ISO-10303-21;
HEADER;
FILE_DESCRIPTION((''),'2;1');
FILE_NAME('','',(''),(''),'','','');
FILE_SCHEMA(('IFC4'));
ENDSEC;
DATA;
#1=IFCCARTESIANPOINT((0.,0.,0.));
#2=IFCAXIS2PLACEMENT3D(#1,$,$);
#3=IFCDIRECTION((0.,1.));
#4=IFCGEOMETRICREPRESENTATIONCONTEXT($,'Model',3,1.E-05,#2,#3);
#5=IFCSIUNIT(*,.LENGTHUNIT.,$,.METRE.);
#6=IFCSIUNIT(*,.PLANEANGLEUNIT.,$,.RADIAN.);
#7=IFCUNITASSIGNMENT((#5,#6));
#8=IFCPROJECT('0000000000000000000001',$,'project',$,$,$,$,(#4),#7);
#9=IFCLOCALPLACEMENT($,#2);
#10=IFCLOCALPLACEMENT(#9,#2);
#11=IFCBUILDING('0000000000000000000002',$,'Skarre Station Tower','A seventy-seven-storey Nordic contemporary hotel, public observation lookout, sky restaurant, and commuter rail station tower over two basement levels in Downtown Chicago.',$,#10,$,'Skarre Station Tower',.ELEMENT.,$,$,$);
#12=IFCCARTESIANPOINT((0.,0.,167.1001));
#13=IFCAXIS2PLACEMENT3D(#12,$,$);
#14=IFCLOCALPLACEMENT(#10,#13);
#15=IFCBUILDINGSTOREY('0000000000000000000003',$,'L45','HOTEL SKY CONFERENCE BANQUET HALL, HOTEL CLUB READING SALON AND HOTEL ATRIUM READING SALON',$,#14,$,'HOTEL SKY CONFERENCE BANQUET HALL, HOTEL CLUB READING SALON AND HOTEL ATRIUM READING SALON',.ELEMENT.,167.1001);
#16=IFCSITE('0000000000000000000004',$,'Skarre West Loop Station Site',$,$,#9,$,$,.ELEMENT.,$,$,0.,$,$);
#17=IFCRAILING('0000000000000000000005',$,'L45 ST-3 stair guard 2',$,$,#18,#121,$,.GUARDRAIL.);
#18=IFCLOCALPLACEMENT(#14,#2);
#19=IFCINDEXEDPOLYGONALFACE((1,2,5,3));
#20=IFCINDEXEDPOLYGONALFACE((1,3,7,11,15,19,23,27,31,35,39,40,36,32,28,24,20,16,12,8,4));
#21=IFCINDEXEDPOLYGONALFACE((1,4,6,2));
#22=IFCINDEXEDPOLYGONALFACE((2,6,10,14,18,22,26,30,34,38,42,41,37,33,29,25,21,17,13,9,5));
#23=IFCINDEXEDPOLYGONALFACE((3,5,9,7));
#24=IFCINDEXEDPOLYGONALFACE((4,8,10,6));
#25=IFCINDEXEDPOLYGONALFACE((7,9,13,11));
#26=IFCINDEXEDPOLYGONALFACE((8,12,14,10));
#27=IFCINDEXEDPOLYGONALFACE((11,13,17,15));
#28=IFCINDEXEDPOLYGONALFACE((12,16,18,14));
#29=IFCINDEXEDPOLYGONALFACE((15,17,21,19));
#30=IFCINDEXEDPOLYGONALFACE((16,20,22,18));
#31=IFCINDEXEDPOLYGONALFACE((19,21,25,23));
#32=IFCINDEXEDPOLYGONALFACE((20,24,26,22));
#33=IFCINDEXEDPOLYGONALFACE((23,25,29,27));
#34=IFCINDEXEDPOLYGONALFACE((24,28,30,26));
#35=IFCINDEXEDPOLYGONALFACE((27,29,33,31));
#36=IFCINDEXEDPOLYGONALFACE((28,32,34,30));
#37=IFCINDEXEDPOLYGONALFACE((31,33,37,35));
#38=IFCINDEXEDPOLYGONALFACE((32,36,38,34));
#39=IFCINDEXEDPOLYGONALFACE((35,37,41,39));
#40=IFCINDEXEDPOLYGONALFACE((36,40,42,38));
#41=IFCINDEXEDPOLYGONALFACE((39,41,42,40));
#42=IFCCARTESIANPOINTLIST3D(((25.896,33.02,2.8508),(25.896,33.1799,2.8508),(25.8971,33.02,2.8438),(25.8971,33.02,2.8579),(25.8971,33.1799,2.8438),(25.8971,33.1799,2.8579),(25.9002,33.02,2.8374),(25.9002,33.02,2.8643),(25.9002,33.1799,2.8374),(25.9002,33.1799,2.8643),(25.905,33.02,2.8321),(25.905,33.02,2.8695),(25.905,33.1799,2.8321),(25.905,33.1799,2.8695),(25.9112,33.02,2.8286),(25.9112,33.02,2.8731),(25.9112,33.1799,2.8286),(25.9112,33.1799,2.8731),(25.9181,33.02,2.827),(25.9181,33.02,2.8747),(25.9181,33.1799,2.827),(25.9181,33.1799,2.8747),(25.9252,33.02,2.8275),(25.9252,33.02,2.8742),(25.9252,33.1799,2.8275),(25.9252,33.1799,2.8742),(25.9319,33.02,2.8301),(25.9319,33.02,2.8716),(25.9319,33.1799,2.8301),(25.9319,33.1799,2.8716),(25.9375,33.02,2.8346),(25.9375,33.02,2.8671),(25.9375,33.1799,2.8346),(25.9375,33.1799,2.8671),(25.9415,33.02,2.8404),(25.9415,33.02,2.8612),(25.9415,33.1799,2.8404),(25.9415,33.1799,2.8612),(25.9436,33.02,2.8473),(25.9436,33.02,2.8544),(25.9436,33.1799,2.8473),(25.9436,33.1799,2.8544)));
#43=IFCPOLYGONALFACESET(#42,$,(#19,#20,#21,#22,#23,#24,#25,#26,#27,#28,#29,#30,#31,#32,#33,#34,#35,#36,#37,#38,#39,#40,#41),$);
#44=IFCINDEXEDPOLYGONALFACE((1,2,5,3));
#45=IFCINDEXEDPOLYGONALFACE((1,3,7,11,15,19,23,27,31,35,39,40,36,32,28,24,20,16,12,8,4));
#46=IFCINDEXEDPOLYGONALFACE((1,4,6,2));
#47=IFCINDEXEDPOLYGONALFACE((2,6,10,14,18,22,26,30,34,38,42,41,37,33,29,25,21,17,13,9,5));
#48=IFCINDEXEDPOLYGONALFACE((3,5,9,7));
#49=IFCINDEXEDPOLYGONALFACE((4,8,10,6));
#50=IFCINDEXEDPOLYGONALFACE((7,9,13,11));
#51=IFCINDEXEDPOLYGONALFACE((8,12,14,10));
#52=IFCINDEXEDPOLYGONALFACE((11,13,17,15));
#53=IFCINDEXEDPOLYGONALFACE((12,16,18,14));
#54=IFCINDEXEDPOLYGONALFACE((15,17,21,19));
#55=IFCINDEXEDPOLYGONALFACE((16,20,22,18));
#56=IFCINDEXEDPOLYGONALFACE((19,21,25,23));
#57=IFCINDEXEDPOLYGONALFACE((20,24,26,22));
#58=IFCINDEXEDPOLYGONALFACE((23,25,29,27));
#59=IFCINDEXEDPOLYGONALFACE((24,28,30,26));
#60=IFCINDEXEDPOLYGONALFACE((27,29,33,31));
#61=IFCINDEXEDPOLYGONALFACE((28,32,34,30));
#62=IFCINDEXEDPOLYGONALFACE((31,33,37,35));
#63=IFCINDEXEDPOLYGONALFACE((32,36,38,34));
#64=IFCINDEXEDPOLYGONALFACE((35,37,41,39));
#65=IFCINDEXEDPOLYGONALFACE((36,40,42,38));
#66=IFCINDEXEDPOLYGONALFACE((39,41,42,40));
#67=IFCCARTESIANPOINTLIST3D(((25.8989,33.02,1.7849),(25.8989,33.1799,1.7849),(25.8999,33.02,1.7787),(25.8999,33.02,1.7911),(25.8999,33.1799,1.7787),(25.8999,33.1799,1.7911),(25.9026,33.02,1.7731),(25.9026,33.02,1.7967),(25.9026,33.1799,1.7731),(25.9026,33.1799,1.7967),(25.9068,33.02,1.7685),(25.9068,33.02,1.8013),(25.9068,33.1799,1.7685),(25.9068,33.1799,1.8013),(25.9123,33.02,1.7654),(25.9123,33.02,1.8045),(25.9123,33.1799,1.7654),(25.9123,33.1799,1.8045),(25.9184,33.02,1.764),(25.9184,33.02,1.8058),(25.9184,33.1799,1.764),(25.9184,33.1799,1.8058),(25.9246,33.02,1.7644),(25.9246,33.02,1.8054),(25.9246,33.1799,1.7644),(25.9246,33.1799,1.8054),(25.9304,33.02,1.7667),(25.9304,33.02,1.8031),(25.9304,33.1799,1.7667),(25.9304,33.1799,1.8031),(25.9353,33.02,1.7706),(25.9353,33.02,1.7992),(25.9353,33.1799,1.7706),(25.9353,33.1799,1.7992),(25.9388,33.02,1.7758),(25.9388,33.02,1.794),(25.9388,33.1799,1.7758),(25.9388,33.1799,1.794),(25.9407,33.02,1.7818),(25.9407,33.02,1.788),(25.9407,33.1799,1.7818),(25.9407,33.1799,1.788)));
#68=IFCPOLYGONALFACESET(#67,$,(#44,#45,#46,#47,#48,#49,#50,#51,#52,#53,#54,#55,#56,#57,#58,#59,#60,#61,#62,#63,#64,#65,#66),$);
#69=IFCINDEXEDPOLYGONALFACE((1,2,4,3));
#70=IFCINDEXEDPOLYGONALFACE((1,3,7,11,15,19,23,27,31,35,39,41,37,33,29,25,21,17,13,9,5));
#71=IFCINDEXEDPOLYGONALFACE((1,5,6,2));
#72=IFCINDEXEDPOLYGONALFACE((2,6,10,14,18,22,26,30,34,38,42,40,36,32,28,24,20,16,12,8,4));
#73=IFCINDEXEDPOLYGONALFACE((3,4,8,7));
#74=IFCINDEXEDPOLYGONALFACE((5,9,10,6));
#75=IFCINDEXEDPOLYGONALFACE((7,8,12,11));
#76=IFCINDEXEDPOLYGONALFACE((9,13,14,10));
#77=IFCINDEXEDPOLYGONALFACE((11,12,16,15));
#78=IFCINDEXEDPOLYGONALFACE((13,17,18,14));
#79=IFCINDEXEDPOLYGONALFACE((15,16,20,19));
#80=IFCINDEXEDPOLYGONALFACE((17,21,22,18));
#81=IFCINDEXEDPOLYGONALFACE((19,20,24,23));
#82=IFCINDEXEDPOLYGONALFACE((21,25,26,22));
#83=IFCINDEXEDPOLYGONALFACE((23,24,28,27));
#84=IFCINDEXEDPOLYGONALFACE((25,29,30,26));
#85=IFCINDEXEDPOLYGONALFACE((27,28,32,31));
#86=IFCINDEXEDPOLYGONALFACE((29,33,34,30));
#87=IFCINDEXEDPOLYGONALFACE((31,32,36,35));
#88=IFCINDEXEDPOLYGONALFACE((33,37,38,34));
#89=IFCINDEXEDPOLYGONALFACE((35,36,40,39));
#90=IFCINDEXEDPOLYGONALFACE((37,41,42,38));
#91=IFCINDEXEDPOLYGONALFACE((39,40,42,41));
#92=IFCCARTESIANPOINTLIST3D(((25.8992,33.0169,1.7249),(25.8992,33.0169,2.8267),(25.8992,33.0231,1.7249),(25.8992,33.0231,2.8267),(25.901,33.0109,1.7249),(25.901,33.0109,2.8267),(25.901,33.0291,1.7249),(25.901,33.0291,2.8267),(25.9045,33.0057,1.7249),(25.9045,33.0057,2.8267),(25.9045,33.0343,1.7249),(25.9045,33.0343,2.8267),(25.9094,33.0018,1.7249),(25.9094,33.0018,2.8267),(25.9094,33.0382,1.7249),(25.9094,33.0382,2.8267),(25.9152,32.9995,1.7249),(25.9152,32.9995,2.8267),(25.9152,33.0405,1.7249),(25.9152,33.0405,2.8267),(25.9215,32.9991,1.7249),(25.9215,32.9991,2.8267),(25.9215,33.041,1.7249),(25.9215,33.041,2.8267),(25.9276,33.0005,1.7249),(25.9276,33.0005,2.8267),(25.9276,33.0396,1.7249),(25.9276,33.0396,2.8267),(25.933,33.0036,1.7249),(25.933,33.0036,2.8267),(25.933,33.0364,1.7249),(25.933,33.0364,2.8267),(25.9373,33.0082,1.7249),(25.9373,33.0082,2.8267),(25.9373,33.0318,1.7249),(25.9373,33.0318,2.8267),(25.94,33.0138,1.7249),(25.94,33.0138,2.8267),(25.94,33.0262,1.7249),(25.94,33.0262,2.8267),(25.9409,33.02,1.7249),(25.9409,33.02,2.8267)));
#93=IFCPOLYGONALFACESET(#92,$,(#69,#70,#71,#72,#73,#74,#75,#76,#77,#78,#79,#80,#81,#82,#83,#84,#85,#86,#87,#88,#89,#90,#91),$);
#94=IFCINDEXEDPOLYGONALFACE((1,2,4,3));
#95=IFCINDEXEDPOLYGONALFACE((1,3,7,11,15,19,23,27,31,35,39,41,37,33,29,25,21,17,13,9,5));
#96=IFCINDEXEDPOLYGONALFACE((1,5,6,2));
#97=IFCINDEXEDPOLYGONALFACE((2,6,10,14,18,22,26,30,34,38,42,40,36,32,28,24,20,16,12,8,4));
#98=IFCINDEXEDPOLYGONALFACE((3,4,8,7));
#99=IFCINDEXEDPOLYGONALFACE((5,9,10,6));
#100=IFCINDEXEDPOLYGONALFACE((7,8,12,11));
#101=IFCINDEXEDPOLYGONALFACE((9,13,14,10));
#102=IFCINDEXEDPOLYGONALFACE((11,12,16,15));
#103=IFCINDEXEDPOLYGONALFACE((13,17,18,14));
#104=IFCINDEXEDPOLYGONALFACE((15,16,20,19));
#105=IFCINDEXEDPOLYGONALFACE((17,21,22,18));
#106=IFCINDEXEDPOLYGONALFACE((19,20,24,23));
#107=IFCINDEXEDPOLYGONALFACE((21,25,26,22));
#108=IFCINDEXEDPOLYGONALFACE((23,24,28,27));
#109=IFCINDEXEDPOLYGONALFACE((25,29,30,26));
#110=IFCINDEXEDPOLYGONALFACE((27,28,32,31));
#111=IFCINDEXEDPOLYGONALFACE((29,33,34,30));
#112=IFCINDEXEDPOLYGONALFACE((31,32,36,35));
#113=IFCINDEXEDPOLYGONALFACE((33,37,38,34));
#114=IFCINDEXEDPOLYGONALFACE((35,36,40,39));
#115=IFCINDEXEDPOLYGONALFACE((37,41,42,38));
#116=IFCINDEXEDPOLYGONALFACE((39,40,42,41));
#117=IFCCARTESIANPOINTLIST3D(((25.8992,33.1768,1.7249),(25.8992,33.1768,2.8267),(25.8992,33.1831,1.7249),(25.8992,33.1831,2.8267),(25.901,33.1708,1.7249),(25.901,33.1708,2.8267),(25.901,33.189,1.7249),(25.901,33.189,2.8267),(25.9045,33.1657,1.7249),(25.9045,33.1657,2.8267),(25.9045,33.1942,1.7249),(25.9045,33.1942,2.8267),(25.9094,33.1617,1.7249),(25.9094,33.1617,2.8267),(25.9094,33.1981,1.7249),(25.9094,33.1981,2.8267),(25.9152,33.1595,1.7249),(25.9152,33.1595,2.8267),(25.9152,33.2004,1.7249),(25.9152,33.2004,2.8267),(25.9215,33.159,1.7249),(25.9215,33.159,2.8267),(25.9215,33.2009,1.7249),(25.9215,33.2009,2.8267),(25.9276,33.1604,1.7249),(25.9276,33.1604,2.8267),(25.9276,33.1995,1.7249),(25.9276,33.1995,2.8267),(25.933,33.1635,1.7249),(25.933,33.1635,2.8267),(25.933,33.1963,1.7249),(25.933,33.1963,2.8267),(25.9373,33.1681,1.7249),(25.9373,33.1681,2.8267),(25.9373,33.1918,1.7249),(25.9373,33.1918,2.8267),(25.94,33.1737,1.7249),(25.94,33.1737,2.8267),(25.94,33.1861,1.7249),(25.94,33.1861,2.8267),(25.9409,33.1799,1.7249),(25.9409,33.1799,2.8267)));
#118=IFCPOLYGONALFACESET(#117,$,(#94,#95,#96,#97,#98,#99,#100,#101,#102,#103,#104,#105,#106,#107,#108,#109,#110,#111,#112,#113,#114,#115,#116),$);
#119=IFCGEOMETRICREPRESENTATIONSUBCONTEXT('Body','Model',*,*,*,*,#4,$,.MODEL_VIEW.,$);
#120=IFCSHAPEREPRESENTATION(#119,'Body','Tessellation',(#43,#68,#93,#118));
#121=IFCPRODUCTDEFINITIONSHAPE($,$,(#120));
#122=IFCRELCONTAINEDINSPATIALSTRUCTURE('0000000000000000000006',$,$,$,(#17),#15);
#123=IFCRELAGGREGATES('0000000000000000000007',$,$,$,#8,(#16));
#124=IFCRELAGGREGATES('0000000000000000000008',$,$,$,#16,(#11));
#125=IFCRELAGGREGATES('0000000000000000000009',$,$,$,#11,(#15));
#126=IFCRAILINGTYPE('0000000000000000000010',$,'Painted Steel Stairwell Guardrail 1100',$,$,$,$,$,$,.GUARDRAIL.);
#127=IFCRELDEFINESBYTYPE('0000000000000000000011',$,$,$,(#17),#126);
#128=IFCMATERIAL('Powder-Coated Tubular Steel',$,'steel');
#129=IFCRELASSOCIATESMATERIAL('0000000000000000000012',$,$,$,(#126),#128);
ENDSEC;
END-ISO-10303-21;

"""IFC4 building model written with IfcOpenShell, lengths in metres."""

from ifc_helpers import new_model, si_unit, direction, frame, origin, origin_2d, place, context, subcontext, project, spatial, circle, extrude, material, type_object, element, save


model = new_model("IFC4")

# Units and contexts
model_context = context("Model", 3, precision=1e-05, world=origin(), true_north=direction((0.0, 1.0)))
body_context = subcontext(model_context, "Body", "Model", "MODEL_VIEW")
ifc_project = project(units=[si_unit("LENGTHUNIT", "METRE"), si_unit("PLANEANGLEUNIT", "RADIAN")], contexts=[model_context])

# Site, building, storey
site_placement = place(None, origin())
site = spatial("IfcSite", under=ifc_project, at=site_placement, Name="Skarre West Loop Station Site", CompositionType="ELEMENT", RefElevation=0.0)
building_placement = place(site_placement, origin())
building = spatial("IfcBuilding", under=site, at=building_placement, Name="Skarre Station Tower", Description="A seventy-seven-storey Nordic contemporary hotel, public observation lookout, sky restaurant, and commuter rail station tower over two basement levels in Downtown Chicago.", LongName="Skarre Station Tower", CompositionType="ELEMENT")
storey_placement = place(building_placement, frame((0.0, 0.0, 167.1001)))
storey = spatial("IfcBuildingStorey", under=building, at=storey_placement, Name="L45", Description="HOTEL SKY CONFERENCE BANQUET HALL, HOTEL CLUB READING SALON AND HOTEL ATRIUM READING SALON", LongName="HOTEL SKY CONFERENCE BANQUET HALL, HOTEL CLUB READING SALON AND HOTEL ATRIUM READING SALON", CompositionType="ELEMENT", Elevation=167.1001)

# Railing
ifc_material_1 = material(Name="Powder-Coated Tubular Steel", Category="steel")
railing_type_1 = type_object("IfcRailingType", Name="Painted Steel Stairwell Guardrail 1100", PredefinedType="GUARDRAIL", material=ifc_material_1)
railing_1_placement = place(storey_placement, frame((25.9199, 33.02, 1.7249)))
element("IfcRailing", 1, at=railing_1_placement, inside=storey, type_object=railing_type_1, Name="L45 ST-3 stair guard 2", PredefinedType="GUARDRAIL", context=body_context, shape_type="SweptSolid", body=[
    extrude(circle(Radius=0.0239, at=origin_2d()), frame((0.0, 0.0, 1.126), z_axis=(0.0, 1.0, 0.0), x_axis=(-1.0, 0.0, 0.0)), (0.0, 0.0, 1.0), 0.1599),
    extrude(circle(Radius=0.021, at=origin_2d()), frame((0.0, 0.0, 0.0601), z_axis=(0.0, 1.0, 0.0), x_axis=(-1.0, 0.0, 0.0)), (0.0, 0.0, 1.0), 0.1599),
    extrude(circle(Radius=0.021, at=origin_2d()), origin(), (0.0, 0.0, 1.0), 1.1018),
    extrude(circle(Radius=0.021, at=origin_2d()), frame((0.0, 0.1599, 0.0)), (0.0, 0.0, 1.0), 1.1018),
])

save(model, "model.ifc")
